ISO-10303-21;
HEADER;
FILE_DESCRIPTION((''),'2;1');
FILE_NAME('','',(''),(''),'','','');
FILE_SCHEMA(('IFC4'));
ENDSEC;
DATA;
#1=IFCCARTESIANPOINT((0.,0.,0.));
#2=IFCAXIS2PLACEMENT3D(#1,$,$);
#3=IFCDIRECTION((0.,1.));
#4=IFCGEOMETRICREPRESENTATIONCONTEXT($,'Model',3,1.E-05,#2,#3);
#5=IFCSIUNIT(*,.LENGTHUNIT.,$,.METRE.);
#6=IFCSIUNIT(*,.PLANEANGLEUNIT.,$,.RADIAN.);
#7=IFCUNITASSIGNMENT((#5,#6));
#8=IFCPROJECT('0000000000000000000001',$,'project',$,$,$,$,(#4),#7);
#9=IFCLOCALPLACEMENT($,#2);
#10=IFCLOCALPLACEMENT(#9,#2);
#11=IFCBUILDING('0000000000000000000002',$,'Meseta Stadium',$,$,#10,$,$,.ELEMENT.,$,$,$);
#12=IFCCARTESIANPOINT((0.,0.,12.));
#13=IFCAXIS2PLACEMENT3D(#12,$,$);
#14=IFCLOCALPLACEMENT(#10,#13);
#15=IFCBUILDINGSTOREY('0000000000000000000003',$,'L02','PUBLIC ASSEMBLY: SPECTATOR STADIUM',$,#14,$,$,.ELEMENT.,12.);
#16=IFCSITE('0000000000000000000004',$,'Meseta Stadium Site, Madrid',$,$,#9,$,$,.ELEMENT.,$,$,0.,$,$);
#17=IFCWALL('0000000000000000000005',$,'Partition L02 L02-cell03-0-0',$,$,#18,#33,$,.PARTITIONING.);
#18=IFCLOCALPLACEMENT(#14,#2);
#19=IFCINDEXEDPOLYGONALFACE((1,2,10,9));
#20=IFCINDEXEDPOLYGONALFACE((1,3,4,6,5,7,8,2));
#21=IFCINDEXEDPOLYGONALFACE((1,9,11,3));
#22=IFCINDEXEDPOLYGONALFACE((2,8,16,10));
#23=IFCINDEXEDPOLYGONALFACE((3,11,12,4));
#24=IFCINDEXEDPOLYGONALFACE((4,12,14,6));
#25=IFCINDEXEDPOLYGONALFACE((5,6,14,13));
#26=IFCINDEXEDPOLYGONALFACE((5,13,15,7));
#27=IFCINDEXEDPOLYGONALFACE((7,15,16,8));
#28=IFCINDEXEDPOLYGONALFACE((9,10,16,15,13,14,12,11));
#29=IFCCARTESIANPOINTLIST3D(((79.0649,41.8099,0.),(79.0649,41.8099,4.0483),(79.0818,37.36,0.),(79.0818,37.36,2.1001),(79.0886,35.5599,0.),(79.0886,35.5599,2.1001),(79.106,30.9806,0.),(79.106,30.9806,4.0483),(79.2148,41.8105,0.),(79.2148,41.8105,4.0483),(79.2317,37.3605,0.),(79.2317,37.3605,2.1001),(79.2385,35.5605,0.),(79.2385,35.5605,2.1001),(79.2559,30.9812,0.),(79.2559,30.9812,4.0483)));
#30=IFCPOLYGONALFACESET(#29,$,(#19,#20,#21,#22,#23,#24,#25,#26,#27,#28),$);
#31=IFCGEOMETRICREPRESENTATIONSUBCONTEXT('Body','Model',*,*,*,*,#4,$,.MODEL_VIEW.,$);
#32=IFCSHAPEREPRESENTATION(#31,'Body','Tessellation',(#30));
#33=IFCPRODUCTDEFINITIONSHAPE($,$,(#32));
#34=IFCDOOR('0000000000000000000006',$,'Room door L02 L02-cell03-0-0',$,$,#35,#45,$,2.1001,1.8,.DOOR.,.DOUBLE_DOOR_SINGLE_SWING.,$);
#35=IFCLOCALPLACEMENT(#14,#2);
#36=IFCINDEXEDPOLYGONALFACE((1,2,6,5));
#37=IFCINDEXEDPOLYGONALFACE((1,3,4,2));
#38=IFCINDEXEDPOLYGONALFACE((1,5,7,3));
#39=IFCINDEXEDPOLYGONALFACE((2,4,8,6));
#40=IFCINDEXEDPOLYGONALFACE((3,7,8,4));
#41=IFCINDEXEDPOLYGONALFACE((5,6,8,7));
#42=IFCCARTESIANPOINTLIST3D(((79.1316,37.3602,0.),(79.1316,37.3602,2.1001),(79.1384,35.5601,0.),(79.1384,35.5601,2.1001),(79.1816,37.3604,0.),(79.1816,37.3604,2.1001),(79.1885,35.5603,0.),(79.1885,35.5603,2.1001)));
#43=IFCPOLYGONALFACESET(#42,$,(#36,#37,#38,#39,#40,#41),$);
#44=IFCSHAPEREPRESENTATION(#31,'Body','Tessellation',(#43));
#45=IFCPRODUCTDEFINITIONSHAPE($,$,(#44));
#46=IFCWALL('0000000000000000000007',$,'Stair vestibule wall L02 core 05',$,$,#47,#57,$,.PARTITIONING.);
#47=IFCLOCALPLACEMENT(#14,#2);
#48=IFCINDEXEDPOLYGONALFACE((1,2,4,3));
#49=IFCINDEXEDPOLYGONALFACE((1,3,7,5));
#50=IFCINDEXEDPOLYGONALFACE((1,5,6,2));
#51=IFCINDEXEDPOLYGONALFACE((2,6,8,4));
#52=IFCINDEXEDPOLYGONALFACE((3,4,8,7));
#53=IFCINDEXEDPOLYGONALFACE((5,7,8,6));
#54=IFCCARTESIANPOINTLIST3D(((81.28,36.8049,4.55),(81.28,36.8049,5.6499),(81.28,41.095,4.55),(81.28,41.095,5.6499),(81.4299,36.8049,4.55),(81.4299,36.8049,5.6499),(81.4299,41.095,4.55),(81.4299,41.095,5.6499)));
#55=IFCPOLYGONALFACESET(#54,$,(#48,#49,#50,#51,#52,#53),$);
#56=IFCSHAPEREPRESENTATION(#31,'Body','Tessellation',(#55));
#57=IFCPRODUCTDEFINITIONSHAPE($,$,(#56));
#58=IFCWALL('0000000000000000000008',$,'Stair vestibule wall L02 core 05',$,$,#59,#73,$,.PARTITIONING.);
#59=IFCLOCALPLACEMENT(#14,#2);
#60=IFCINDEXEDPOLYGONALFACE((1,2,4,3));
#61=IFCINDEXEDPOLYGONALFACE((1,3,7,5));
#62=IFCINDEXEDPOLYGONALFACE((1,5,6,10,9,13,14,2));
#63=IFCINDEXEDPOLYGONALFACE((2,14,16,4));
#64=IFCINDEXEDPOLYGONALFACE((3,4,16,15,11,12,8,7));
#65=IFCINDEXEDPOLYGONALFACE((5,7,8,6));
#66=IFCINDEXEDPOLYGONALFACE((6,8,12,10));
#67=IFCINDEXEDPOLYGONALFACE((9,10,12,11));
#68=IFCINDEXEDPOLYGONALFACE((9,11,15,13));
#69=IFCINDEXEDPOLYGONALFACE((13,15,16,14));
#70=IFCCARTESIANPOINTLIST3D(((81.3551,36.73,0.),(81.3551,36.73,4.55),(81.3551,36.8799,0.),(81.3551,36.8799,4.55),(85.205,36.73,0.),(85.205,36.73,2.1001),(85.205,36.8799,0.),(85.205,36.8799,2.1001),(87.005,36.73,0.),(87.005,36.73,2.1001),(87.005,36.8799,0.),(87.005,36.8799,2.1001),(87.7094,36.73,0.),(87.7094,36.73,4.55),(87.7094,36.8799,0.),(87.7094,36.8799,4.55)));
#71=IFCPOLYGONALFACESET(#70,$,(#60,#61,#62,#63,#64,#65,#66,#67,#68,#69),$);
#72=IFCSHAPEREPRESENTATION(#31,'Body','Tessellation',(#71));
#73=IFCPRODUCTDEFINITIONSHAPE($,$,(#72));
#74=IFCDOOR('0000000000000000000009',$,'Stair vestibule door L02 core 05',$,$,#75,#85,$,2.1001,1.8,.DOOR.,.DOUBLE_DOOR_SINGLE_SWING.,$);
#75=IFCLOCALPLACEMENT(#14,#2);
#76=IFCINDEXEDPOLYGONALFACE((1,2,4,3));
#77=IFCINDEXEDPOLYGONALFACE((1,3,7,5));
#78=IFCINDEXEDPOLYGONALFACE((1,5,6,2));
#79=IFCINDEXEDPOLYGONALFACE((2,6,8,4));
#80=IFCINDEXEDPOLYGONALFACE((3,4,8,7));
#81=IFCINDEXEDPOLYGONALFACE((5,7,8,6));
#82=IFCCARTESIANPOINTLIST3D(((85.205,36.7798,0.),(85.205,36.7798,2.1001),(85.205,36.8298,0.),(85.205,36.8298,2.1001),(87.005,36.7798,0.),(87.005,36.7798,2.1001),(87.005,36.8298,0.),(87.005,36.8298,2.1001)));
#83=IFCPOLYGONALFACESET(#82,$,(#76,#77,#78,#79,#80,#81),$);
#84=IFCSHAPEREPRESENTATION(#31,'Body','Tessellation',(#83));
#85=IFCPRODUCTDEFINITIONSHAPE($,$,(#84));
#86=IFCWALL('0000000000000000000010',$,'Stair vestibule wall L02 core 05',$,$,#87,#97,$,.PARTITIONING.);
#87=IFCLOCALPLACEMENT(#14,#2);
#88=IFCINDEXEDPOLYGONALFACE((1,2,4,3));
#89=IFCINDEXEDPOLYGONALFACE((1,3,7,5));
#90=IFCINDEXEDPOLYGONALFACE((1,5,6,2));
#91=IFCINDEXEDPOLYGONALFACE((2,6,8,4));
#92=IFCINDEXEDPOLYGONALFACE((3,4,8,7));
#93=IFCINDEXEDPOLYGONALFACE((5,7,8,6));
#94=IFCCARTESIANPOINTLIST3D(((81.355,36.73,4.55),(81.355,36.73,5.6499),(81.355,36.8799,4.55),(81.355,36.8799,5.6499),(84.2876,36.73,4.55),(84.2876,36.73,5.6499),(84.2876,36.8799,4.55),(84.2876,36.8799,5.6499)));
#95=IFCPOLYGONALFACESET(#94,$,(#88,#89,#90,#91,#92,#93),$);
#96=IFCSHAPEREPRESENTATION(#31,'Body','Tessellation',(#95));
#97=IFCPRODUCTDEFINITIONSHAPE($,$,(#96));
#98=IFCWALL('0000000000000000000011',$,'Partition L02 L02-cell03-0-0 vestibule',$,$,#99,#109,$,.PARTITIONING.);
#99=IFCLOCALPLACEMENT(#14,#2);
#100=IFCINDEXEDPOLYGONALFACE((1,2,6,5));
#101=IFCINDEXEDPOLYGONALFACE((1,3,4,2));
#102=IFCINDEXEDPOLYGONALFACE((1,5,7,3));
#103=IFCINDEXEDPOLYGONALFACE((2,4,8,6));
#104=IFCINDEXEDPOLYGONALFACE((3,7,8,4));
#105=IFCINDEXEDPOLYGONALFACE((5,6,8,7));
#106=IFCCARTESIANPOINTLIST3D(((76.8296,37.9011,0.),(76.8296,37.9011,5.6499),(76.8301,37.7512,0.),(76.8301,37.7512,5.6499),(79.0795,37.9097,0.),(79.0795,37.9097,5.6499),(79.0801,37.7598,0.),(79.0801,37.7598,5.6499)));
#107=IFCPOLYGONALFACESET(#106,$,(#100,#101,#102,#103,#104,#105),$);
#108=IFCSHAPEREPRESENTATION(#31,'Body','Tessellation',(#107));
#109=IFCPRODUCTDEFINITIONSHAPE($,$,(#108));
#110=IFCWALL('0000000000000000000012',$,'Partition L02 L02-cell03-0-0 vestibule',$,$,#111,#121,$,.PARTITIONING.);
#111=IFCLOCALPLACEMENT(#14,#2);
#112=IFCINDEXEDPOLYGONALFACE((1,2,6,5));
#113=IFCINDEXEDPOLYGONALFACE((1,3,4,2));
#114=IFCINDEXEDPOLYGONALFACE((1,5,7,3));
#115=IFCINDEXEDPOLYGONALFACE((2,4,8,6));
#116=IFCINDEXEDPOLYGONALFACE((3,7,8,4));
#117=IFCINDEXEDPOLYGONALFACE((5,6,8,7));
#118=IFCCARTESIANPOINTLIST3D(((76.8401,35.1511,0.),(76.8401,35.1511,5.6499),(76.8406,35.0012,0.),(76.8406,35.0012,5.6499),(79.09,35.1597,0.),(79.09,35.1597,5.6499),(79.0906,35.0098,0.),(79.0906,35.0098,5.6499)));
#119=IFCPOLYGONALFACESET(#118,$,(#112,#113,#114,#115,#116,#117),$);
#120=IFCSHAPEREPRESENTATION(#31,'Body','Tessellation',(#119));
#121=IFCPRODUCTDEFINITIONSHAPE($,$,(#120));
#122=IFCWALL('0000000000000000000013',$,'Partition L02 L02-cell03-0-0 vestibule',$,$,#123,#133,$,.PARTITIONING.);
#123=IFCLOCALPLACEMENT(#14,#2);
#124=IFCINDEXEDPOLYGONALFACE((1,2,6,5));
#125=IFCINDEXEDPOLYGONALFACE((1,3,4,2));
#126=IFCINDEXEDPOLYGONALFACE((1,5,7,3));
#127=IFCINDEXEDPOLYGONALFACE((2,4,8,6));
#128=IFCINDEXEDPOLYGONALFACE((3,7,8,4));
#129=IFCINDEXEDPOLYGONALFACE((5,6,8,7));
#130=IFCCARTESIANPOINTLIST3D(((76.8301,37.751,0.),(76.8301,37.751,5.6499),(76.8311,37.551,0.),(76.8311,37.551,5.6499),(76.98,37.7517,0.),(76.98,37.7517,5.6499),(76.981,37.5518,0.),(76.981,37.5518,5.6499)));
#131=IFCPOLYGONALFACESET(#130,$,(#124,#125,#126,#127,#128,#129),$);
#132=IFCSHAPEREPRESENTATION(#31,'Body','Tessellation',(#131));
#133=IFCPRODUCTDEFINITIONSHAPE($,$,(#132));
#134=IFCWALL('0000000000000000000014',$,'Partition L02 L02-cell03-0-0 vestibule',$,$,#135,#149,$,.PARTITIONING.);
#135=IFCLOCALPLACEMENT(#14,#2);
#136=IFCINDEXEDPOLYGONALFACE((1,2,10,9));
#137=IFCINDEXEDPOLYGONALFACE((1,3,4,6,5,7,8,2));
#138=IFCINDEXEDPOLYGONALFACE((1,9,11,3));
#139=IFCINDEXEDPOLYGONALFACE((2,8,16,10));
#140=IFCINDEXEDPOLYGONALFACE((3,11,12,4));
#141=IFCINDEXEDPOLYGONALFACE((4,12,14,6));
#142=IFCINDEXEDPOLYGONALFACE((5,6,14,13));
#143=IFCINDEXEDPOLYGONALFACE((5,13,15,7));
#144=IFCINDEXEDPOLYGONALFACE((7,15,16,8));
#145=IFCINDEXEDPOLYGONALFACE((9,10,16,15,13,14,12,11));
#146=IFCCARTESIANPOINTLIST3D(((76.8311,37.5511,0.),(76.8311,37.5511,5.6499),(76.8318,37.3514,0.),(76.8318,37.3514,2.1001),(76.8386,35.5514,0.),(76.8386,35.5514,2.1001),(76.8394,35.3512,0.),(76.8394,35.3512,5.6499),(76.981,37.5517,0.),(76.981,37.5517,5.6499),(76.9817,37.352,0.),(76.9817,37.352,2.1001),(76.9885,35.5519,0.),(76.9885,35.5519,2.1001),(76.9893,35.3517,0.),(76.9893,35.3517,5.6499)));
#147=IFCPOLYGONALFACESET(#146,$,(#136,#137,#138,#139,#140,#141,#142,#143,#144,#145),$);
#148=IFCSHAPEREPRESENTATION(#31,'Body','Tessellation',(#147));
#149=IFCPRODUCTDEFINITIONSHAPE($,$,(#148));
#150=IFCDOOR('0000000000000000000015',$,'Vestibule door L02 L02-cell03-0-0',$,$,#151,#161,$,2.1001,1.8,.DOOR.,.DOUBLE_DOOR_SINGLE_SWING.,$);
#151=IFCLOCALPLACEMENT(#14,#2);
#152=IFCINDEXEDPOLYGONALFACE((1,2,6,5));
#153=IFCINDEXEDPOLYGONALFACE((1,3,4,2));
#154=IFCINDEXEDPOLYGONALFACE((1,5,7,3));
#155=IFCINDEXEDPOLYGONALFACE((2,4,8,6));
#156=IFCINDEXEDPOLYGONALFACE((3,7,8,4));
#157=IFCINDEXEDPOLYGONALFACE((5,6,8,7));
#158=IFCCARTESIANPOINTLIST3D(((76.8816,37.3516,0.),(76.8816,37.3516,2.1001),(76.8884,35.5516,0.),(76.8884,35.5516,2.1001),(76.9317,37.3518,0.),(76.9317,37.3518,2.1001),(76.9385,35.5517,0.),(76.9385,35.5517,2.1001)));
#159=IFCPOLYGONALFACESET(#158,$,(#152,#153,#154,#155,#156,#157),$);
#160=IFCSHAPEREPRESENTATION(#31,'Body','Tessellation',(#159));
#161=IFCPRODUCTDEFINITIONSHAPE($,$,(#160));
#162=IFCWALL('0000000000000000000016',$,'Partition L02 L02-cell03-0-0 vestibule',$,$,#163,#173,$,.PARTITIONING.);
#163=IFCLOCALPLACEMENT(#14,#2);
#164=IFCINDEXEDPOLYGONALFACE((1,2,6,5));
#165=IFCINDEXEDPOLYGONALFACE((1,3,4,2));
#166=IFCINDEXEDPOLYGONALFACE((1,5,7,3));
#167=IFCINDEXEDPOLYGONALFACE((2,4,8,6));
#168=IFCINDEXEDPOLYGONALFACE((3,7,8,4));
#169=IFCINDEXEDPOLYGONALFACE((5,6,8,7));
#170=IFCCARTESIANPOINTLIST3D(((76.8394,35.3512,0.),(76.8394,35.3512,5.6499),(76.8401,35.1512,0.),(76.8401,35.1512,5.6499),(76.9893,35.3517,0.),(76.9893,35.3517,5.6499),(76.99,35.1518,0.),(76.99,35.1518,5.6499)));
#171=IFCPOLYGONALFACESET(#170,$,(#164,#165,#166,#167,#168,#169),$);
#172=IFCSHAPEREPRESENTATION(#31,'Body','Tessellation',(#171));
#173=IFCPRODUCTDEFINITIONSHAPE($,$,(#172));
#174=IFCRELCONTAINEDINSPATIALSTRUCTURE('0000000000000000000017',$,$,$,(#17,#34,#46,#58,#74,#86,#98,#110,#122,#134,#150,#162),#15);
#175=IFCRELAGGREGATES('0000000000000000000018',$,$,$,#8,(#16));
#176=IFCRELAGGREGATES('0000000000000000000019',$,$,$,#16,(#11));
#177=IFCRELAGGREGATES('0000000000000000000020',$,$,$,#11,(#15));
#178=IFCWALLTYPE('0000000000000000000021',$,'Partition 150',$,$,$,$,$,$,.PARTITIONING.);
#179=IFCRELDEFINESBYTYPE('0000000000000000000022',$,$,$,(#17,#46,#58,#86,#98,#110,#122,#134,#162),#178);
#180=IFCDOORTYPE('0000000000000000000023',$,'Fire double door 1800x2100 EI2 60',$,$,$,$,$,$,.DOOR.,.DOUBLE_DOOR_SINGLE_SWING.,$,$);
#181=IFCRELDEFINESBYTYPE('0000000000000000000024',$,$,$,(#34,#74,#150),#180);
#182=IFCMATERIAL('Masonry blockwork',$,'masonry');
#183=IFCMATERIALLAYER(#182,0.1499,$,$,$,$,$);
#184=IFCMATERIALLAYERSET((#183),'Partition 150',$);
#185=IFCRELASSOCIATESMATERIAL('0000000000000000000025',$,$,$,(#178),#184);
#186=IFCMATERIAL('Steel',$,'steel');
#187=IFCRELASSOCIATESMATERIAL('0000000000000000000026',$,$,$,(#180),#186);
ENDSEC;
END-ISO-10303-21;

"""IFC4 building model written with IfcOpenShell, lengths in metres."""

from ifc_helpers import new_model, si_unit, direction, frame, frame_2d, origin, place, context, subcontext, project, spatial, rectangle, extrude, material, layer, layer_set, type_object, element, fill, save


model = new_model("IFC4")

# Units and contexts
model_context = context("Model", 3, precision=1e-05, world=origin(), true_north=direction((0.0, 1.0)))
body_context = subcontext(model_context, "Body", "Model", "MODEL_VIEW")
ifc_project = project(units=[si_unit("LENGTHUNIT", "METRE"), si_unit("PLANEANGLEUNIT", "RADIAN")], contexts=[model_context])

# Site, building, storey
site_placement = place(None, origin())
site = spatial("IfcSite", under=ifc_project, at=site_placement, Name="Meseta Stadium Site, Madrid", CompositionType="ELEMENT", RefElevation=0.0)
building_placement = place(site_placement, origin())
building = spatial("IfcBuilding", under=site, at=building_placement, Name="Meseta Stadium", CompositionType="ELEMENT")
storey_placement = place(building_placement, frame((0.0, 0.0, 12.0)))
storey = spatial("IfcBuildingStorey", under=building, at=storey_placement, Name="L02", Description="PUBLIC ASSEMBLY: SPECTATOR STADIUM", CompositionType="ELEMENT", Elevation=12.0)

# Wall, opening, door
ifc_material_1 = material(Name="Masonry blockwork", Category="masonry")
ifc_layer_1 = layer(ifc_material_1, 0.1499)
ifc_layer_set_1 = layer_set([ifc_layer_1], Name="Partition 150")
wall_type = type_object("IfcWallType", Name="Partition 150", PredefinedType="PARTITIONING", material=ifc_layer_set_1)
wall_1_placement = place(storey_placement, frame((79.1399, 41.8101, 0.0), z_axis=(0.0, 0.0, 1.0), x_axis=(0.003787, -0.999993, 0.0)))
wall_1 = element("IfcWall", 1, at=wall_1_placement, inside=storey, type_object=wall_type, Name="Partition L02 L02-cell03-0-0", PredefinedType="PARTITIONING", context=body_context, shape_type="SweptSolid", body=[
    extrude(rectangle(XDim=10.8293, YDim=0.1499, at=frame_2d((5.4146, 0.0))), origin(), (0.0, 0.0, 1.0), 4.0483),
])
opening_1_placement = place(wall_1_placement, frame((4.45, 0.0, 0.0)))
opening_1 = element("IfcOpeningElement", 2, at=opening_1_placement, cuts=wall_1, PredefinedType="OPENING", context=body_context, shape_type="SweptSolid", body=[
    extrude(rectangle(XDim=1.8, YDim=2.1001, at=frame_2d((0.8999, 1.05))), frame((0.0, 0.085, 0.0), z_axis=(0.0, -1.0, 0.0), x_axis=(1.0, 0.0, 0.0)), (0.0, 0.0, 1.0), 0.1699),
])
ifc_material_2 = material(Name="Steel", Category="steel")
door_type = type_object("IfcDoorType", Name="Fire double door 1800x2100 EI2 60", OperationType="DOUBLE_DOOR_SINGLE_SWING", PredefinedType="DOOR", material=ifc_material_2)
door_1_placement = place(opening_1_placement, origin())
door_1 = element("IfcDoor", 3, at=door_1_placement, inside=storey, type_object=door_type, Name="Room door L02 L02-cell03-0-0", OperationType="DOUBLE_DOOR_SINGLE_SWING", OverallHeight=2.1001, OverallWidth=1.8, PredefinedType="DOOR", context=body_context, shape_type="SweptSolid", body=[
    extrude(rectangle(XDim=1.8, YDim=2.1001, at=frame_2d((0.8999, 1.05))), frame((0.0, 0.0249, 0.0), z_axis=(0.0, -1.0, 0.0), x_axis=(1.0, 0.0, 0.0)), (0.0, 0.0, 1.0), 0.05),
])
fill(opening_1, door_1)

# Wall
wall_2_placement = place(storey_placement, frame((81.355, 41.095, 4.55), z_axis=(0.0, 0.0, 1.0), x_axis=(0.0, -1.0, 0.0)))
element("IfcWall", 4, at=wall_2_placement, inside=storey, type_object=wall_type, Name="Stair vestibule wall L02 core 05", PredefinedType="PARTITIONING", context=body_context, shape_type="SweptSolid", body=[
    extrude(rectangle(XDim=4.29, YDim=0.1499, at=frame_2d((2.145, 0.0))), origin(), (0.0, 0.0, 1.0), 1.0999),
])

# Wall, opening, door
wall_3_placement = place(storey_placement, frame((81.355, 36.8049, 0.0), z_axis=(0.0, 0.0, 1.0), x_axis=(1.0, 0.0, 0.0)))
wall_3 = element("IfcWall", 5, at=wall_3_placement, inside=storey, type_object=wall_type, Name="Stair vestibule wall L02 core 05", PredefinedType="PARTITIONING", context=body_context, shape_type="SweptSolid", body=[
    extrude(rectangle(XDim=6.3542, YDim=0.1499, at=frame_2d((3.1772, 0.0))), origin(), (0.0, 0.0, 1.0), 4.55),
])
opening_2_placement = place(wall_3_placement, frame((3.8501, 0.0, 0.0)))
opening_2 = element("IfcOpeningElement", 6, at=opening_2_placement, cuts=wall_3, PredefinedType="OPENING", context=body_context, shape_type="SweptSolid", body=[
    extrude(rectangle(XDim=1.8, YDim=2.1001, at=frame_2d((0.8999, 1.05))), frame((0.0, 0.085, 0.0), z_axis=(0.0, -1.0, 0.0), x_axis=(1.0, 0.0, 0.0)), (0.0, 0.0, 1.0), 0.1699),
])
door_2_placement = place(opening_2_placement, origin())
door_2 = element("IfcDoor", 7, at=door_2_placement, inside=storey, type_object=door_type, Name="Stair vestibule door L02 core 05", OperationType="DOUBLE_DOOR_SINGLE_SWING", OverallHeight=2.1001, OverallWidth=1.8, PredefinedType="DOOR", context=body_context, shape_type="SweptSolid", body=[
    extrude(rectangle(XDim=1.8, YDim=2.1001, at=frame_2d((0.8999, 1.05))), frame((0.0, 0.0249, 0.0), z_axis=(0.0, -1.0, 0.0), x_axis=(1.0, 0.0, 0.0)), (0.0, 0.0, 1.0), 0.05),
])
fill(opening_2, door_2)

# Walls
wall_4_placement = place(storey_placement, frame((81.355, 36.8049, 4.55), z_axis=(0.0, 0.0, 1.0), x_axis=(1.0, 0.0, 0.0)))
element("IfcWall", 8, at=wall_4_placement, inside=storey, type_object=wall_type, Name="Stair vestibule wall L02 core 05", PredefinedType="PARTITIONING", context=body_context, shape_type="SweptSolid", body=[
    extrude(rectangle(XDim=2.9326, YDim=0.1499, at=frame_2d((1.4663, 0.0))), origin(), (0.0, 0.0, 1.0), 1.0999),
])
for number, where, z_axis, x_axis, name in (
    (9, (79.0798, 37.8347, 0.0), (0.0, 0.0, 1.0), (-0.999993, -0.003798, 0.0), "Partition L02 L02-cell03-0-0 vestibule"),
    (10, (79.0903, 35.0847, 0.0), (0.0, 0.0, 1.0), (-0.999993, -0.003798, 0.0), "Partition L02 L02-cell03-0-0 vestibule"),
):
    element("IfcWall", number, at=place(storey_placement, frame(where, z_axis=z_axis, x_axis=x_axis)), inside=storey, type_object=wall_type, Name=name, PredefinedType="PARTITIONING", context=body_context, shape_type="SweptSolid", body=[
        extrude(rectangle(XDim=2.25, YDim=0.1499, at=frame_2d((1.125, 0.0))), origin(), (0.0, 0.0, 1.0), 5.6499),
    ])
wall_5_placement = place(storey_placement, frame((76.905, 37.7515, 0.0), z_axis=(0.0, 0.0, 1.0), x_axis=(0.004884, -0.999988, 0.0)))
element("IfcWall", 11, at=wall_5_placement, inside=storey, type_object=wall_type, Name="Partition L02 L02-cell03-0-0 vestibule", PredefinedType="PARTITIONING", context=body_context, shape_type="SweptSolid", body=[
    extrude(rectangle(XDim=0.2, YDim=0.1499, at=frame_2d((0.1001, 0.0))), origin(), (0.0, 0.0, 1.0), 5.6499),
])

# Wall, opening, door
wall_6_placement = place(storey_placement, frame((76.906, 37.5515, 0.0), z_axis=(0.0, 0.0, 1.0), x_axis=(0.003773, -0.999993, 0.0)))
wall_6 = element("IfcWall", 12, at=wall_6_placement, inside=storey, type_object=wall_type, Name="Partition L02 L02-cell03-0-0 vestibule", PredefinedType="PARTITIONING", context=body_context, shape_type="SweptSolid", body=[
    extrude(rectangle(XDim=2.2, YDim=0.1499, at=frame_2d((1.1001, 0.0))), origin(), (0.0, 0.0, 1.0), 5.6499),
])
opening_3_placement = place(wall_6_placement, frame((0.2, 0.0, 0.0)))
opening_3 = element("IfcOpeningElement", 13, at=opening_3_placement, cuts=wall_6, PredefinedType="OPENING", context=body_context, shape_type="SweptSolid", body=[
    extrude(rectangle(XDim=1.8, YDim=2.1001, at=frame_2d((0.8999, 1.05))), frame((0.0, 0.085, 0.0), z_axis=(0.0, -1.0, 0.0), x_axis=(1.0, 0.0, 0.0)), (0.0, 0.0, 1.0), 0.1699),
])
door_3_placement = place(opening_3_placement, origin())
door_3 = element("IfcDoor", 14, at=door_3_placement, inside=storey, type_object=door_type, Name="Vestibule door L02 L02-cell03-0-0", OperationType="DOUBLE_DOOR_SINGLE_SWING", OverallHeight=2.1001, OverallWidth=1.8, PredefinedType="DOOR", context=body_context, shape_type="SweptSolid", body=[
    extrude(rectangle(XDim=1.8, YDim=2.1001, at=frame_2d((0.8999, 1.05))), frame((0.0, 0.0249, 0.0), z_axis=(0.0, -1.0, 0.0), x_axis=(1.0, 0.0, 0.0)), (0.0, 0.0, 1.0), 0.05),
])
fill(opening_3, door_3)

# Wall
wall_7_placement = place(storey_placement, frame((76.9143, 35.3516, 0.0), z_axis=(0.0, 0.0, 1.0), x_axis=(0.003663, -0.999993, 0.0)))
element("IfcWall", 15, at=wall_7_placement, inside=storey, type_object=wall_type, Name="Partition L02 L02-cell03-0-0 vestibule", PredefinedType="PARTITIONING", context=body_context, shape_type="SweptSolid", body=[
    extrude(rectangle(XDim=0.2, YDim=0.1499, at=frame_2d((0.1001, 0.0))), origin(), (0.0, 0.0, 1.0), 5.6499),
])

save(model, "model.ifc")
